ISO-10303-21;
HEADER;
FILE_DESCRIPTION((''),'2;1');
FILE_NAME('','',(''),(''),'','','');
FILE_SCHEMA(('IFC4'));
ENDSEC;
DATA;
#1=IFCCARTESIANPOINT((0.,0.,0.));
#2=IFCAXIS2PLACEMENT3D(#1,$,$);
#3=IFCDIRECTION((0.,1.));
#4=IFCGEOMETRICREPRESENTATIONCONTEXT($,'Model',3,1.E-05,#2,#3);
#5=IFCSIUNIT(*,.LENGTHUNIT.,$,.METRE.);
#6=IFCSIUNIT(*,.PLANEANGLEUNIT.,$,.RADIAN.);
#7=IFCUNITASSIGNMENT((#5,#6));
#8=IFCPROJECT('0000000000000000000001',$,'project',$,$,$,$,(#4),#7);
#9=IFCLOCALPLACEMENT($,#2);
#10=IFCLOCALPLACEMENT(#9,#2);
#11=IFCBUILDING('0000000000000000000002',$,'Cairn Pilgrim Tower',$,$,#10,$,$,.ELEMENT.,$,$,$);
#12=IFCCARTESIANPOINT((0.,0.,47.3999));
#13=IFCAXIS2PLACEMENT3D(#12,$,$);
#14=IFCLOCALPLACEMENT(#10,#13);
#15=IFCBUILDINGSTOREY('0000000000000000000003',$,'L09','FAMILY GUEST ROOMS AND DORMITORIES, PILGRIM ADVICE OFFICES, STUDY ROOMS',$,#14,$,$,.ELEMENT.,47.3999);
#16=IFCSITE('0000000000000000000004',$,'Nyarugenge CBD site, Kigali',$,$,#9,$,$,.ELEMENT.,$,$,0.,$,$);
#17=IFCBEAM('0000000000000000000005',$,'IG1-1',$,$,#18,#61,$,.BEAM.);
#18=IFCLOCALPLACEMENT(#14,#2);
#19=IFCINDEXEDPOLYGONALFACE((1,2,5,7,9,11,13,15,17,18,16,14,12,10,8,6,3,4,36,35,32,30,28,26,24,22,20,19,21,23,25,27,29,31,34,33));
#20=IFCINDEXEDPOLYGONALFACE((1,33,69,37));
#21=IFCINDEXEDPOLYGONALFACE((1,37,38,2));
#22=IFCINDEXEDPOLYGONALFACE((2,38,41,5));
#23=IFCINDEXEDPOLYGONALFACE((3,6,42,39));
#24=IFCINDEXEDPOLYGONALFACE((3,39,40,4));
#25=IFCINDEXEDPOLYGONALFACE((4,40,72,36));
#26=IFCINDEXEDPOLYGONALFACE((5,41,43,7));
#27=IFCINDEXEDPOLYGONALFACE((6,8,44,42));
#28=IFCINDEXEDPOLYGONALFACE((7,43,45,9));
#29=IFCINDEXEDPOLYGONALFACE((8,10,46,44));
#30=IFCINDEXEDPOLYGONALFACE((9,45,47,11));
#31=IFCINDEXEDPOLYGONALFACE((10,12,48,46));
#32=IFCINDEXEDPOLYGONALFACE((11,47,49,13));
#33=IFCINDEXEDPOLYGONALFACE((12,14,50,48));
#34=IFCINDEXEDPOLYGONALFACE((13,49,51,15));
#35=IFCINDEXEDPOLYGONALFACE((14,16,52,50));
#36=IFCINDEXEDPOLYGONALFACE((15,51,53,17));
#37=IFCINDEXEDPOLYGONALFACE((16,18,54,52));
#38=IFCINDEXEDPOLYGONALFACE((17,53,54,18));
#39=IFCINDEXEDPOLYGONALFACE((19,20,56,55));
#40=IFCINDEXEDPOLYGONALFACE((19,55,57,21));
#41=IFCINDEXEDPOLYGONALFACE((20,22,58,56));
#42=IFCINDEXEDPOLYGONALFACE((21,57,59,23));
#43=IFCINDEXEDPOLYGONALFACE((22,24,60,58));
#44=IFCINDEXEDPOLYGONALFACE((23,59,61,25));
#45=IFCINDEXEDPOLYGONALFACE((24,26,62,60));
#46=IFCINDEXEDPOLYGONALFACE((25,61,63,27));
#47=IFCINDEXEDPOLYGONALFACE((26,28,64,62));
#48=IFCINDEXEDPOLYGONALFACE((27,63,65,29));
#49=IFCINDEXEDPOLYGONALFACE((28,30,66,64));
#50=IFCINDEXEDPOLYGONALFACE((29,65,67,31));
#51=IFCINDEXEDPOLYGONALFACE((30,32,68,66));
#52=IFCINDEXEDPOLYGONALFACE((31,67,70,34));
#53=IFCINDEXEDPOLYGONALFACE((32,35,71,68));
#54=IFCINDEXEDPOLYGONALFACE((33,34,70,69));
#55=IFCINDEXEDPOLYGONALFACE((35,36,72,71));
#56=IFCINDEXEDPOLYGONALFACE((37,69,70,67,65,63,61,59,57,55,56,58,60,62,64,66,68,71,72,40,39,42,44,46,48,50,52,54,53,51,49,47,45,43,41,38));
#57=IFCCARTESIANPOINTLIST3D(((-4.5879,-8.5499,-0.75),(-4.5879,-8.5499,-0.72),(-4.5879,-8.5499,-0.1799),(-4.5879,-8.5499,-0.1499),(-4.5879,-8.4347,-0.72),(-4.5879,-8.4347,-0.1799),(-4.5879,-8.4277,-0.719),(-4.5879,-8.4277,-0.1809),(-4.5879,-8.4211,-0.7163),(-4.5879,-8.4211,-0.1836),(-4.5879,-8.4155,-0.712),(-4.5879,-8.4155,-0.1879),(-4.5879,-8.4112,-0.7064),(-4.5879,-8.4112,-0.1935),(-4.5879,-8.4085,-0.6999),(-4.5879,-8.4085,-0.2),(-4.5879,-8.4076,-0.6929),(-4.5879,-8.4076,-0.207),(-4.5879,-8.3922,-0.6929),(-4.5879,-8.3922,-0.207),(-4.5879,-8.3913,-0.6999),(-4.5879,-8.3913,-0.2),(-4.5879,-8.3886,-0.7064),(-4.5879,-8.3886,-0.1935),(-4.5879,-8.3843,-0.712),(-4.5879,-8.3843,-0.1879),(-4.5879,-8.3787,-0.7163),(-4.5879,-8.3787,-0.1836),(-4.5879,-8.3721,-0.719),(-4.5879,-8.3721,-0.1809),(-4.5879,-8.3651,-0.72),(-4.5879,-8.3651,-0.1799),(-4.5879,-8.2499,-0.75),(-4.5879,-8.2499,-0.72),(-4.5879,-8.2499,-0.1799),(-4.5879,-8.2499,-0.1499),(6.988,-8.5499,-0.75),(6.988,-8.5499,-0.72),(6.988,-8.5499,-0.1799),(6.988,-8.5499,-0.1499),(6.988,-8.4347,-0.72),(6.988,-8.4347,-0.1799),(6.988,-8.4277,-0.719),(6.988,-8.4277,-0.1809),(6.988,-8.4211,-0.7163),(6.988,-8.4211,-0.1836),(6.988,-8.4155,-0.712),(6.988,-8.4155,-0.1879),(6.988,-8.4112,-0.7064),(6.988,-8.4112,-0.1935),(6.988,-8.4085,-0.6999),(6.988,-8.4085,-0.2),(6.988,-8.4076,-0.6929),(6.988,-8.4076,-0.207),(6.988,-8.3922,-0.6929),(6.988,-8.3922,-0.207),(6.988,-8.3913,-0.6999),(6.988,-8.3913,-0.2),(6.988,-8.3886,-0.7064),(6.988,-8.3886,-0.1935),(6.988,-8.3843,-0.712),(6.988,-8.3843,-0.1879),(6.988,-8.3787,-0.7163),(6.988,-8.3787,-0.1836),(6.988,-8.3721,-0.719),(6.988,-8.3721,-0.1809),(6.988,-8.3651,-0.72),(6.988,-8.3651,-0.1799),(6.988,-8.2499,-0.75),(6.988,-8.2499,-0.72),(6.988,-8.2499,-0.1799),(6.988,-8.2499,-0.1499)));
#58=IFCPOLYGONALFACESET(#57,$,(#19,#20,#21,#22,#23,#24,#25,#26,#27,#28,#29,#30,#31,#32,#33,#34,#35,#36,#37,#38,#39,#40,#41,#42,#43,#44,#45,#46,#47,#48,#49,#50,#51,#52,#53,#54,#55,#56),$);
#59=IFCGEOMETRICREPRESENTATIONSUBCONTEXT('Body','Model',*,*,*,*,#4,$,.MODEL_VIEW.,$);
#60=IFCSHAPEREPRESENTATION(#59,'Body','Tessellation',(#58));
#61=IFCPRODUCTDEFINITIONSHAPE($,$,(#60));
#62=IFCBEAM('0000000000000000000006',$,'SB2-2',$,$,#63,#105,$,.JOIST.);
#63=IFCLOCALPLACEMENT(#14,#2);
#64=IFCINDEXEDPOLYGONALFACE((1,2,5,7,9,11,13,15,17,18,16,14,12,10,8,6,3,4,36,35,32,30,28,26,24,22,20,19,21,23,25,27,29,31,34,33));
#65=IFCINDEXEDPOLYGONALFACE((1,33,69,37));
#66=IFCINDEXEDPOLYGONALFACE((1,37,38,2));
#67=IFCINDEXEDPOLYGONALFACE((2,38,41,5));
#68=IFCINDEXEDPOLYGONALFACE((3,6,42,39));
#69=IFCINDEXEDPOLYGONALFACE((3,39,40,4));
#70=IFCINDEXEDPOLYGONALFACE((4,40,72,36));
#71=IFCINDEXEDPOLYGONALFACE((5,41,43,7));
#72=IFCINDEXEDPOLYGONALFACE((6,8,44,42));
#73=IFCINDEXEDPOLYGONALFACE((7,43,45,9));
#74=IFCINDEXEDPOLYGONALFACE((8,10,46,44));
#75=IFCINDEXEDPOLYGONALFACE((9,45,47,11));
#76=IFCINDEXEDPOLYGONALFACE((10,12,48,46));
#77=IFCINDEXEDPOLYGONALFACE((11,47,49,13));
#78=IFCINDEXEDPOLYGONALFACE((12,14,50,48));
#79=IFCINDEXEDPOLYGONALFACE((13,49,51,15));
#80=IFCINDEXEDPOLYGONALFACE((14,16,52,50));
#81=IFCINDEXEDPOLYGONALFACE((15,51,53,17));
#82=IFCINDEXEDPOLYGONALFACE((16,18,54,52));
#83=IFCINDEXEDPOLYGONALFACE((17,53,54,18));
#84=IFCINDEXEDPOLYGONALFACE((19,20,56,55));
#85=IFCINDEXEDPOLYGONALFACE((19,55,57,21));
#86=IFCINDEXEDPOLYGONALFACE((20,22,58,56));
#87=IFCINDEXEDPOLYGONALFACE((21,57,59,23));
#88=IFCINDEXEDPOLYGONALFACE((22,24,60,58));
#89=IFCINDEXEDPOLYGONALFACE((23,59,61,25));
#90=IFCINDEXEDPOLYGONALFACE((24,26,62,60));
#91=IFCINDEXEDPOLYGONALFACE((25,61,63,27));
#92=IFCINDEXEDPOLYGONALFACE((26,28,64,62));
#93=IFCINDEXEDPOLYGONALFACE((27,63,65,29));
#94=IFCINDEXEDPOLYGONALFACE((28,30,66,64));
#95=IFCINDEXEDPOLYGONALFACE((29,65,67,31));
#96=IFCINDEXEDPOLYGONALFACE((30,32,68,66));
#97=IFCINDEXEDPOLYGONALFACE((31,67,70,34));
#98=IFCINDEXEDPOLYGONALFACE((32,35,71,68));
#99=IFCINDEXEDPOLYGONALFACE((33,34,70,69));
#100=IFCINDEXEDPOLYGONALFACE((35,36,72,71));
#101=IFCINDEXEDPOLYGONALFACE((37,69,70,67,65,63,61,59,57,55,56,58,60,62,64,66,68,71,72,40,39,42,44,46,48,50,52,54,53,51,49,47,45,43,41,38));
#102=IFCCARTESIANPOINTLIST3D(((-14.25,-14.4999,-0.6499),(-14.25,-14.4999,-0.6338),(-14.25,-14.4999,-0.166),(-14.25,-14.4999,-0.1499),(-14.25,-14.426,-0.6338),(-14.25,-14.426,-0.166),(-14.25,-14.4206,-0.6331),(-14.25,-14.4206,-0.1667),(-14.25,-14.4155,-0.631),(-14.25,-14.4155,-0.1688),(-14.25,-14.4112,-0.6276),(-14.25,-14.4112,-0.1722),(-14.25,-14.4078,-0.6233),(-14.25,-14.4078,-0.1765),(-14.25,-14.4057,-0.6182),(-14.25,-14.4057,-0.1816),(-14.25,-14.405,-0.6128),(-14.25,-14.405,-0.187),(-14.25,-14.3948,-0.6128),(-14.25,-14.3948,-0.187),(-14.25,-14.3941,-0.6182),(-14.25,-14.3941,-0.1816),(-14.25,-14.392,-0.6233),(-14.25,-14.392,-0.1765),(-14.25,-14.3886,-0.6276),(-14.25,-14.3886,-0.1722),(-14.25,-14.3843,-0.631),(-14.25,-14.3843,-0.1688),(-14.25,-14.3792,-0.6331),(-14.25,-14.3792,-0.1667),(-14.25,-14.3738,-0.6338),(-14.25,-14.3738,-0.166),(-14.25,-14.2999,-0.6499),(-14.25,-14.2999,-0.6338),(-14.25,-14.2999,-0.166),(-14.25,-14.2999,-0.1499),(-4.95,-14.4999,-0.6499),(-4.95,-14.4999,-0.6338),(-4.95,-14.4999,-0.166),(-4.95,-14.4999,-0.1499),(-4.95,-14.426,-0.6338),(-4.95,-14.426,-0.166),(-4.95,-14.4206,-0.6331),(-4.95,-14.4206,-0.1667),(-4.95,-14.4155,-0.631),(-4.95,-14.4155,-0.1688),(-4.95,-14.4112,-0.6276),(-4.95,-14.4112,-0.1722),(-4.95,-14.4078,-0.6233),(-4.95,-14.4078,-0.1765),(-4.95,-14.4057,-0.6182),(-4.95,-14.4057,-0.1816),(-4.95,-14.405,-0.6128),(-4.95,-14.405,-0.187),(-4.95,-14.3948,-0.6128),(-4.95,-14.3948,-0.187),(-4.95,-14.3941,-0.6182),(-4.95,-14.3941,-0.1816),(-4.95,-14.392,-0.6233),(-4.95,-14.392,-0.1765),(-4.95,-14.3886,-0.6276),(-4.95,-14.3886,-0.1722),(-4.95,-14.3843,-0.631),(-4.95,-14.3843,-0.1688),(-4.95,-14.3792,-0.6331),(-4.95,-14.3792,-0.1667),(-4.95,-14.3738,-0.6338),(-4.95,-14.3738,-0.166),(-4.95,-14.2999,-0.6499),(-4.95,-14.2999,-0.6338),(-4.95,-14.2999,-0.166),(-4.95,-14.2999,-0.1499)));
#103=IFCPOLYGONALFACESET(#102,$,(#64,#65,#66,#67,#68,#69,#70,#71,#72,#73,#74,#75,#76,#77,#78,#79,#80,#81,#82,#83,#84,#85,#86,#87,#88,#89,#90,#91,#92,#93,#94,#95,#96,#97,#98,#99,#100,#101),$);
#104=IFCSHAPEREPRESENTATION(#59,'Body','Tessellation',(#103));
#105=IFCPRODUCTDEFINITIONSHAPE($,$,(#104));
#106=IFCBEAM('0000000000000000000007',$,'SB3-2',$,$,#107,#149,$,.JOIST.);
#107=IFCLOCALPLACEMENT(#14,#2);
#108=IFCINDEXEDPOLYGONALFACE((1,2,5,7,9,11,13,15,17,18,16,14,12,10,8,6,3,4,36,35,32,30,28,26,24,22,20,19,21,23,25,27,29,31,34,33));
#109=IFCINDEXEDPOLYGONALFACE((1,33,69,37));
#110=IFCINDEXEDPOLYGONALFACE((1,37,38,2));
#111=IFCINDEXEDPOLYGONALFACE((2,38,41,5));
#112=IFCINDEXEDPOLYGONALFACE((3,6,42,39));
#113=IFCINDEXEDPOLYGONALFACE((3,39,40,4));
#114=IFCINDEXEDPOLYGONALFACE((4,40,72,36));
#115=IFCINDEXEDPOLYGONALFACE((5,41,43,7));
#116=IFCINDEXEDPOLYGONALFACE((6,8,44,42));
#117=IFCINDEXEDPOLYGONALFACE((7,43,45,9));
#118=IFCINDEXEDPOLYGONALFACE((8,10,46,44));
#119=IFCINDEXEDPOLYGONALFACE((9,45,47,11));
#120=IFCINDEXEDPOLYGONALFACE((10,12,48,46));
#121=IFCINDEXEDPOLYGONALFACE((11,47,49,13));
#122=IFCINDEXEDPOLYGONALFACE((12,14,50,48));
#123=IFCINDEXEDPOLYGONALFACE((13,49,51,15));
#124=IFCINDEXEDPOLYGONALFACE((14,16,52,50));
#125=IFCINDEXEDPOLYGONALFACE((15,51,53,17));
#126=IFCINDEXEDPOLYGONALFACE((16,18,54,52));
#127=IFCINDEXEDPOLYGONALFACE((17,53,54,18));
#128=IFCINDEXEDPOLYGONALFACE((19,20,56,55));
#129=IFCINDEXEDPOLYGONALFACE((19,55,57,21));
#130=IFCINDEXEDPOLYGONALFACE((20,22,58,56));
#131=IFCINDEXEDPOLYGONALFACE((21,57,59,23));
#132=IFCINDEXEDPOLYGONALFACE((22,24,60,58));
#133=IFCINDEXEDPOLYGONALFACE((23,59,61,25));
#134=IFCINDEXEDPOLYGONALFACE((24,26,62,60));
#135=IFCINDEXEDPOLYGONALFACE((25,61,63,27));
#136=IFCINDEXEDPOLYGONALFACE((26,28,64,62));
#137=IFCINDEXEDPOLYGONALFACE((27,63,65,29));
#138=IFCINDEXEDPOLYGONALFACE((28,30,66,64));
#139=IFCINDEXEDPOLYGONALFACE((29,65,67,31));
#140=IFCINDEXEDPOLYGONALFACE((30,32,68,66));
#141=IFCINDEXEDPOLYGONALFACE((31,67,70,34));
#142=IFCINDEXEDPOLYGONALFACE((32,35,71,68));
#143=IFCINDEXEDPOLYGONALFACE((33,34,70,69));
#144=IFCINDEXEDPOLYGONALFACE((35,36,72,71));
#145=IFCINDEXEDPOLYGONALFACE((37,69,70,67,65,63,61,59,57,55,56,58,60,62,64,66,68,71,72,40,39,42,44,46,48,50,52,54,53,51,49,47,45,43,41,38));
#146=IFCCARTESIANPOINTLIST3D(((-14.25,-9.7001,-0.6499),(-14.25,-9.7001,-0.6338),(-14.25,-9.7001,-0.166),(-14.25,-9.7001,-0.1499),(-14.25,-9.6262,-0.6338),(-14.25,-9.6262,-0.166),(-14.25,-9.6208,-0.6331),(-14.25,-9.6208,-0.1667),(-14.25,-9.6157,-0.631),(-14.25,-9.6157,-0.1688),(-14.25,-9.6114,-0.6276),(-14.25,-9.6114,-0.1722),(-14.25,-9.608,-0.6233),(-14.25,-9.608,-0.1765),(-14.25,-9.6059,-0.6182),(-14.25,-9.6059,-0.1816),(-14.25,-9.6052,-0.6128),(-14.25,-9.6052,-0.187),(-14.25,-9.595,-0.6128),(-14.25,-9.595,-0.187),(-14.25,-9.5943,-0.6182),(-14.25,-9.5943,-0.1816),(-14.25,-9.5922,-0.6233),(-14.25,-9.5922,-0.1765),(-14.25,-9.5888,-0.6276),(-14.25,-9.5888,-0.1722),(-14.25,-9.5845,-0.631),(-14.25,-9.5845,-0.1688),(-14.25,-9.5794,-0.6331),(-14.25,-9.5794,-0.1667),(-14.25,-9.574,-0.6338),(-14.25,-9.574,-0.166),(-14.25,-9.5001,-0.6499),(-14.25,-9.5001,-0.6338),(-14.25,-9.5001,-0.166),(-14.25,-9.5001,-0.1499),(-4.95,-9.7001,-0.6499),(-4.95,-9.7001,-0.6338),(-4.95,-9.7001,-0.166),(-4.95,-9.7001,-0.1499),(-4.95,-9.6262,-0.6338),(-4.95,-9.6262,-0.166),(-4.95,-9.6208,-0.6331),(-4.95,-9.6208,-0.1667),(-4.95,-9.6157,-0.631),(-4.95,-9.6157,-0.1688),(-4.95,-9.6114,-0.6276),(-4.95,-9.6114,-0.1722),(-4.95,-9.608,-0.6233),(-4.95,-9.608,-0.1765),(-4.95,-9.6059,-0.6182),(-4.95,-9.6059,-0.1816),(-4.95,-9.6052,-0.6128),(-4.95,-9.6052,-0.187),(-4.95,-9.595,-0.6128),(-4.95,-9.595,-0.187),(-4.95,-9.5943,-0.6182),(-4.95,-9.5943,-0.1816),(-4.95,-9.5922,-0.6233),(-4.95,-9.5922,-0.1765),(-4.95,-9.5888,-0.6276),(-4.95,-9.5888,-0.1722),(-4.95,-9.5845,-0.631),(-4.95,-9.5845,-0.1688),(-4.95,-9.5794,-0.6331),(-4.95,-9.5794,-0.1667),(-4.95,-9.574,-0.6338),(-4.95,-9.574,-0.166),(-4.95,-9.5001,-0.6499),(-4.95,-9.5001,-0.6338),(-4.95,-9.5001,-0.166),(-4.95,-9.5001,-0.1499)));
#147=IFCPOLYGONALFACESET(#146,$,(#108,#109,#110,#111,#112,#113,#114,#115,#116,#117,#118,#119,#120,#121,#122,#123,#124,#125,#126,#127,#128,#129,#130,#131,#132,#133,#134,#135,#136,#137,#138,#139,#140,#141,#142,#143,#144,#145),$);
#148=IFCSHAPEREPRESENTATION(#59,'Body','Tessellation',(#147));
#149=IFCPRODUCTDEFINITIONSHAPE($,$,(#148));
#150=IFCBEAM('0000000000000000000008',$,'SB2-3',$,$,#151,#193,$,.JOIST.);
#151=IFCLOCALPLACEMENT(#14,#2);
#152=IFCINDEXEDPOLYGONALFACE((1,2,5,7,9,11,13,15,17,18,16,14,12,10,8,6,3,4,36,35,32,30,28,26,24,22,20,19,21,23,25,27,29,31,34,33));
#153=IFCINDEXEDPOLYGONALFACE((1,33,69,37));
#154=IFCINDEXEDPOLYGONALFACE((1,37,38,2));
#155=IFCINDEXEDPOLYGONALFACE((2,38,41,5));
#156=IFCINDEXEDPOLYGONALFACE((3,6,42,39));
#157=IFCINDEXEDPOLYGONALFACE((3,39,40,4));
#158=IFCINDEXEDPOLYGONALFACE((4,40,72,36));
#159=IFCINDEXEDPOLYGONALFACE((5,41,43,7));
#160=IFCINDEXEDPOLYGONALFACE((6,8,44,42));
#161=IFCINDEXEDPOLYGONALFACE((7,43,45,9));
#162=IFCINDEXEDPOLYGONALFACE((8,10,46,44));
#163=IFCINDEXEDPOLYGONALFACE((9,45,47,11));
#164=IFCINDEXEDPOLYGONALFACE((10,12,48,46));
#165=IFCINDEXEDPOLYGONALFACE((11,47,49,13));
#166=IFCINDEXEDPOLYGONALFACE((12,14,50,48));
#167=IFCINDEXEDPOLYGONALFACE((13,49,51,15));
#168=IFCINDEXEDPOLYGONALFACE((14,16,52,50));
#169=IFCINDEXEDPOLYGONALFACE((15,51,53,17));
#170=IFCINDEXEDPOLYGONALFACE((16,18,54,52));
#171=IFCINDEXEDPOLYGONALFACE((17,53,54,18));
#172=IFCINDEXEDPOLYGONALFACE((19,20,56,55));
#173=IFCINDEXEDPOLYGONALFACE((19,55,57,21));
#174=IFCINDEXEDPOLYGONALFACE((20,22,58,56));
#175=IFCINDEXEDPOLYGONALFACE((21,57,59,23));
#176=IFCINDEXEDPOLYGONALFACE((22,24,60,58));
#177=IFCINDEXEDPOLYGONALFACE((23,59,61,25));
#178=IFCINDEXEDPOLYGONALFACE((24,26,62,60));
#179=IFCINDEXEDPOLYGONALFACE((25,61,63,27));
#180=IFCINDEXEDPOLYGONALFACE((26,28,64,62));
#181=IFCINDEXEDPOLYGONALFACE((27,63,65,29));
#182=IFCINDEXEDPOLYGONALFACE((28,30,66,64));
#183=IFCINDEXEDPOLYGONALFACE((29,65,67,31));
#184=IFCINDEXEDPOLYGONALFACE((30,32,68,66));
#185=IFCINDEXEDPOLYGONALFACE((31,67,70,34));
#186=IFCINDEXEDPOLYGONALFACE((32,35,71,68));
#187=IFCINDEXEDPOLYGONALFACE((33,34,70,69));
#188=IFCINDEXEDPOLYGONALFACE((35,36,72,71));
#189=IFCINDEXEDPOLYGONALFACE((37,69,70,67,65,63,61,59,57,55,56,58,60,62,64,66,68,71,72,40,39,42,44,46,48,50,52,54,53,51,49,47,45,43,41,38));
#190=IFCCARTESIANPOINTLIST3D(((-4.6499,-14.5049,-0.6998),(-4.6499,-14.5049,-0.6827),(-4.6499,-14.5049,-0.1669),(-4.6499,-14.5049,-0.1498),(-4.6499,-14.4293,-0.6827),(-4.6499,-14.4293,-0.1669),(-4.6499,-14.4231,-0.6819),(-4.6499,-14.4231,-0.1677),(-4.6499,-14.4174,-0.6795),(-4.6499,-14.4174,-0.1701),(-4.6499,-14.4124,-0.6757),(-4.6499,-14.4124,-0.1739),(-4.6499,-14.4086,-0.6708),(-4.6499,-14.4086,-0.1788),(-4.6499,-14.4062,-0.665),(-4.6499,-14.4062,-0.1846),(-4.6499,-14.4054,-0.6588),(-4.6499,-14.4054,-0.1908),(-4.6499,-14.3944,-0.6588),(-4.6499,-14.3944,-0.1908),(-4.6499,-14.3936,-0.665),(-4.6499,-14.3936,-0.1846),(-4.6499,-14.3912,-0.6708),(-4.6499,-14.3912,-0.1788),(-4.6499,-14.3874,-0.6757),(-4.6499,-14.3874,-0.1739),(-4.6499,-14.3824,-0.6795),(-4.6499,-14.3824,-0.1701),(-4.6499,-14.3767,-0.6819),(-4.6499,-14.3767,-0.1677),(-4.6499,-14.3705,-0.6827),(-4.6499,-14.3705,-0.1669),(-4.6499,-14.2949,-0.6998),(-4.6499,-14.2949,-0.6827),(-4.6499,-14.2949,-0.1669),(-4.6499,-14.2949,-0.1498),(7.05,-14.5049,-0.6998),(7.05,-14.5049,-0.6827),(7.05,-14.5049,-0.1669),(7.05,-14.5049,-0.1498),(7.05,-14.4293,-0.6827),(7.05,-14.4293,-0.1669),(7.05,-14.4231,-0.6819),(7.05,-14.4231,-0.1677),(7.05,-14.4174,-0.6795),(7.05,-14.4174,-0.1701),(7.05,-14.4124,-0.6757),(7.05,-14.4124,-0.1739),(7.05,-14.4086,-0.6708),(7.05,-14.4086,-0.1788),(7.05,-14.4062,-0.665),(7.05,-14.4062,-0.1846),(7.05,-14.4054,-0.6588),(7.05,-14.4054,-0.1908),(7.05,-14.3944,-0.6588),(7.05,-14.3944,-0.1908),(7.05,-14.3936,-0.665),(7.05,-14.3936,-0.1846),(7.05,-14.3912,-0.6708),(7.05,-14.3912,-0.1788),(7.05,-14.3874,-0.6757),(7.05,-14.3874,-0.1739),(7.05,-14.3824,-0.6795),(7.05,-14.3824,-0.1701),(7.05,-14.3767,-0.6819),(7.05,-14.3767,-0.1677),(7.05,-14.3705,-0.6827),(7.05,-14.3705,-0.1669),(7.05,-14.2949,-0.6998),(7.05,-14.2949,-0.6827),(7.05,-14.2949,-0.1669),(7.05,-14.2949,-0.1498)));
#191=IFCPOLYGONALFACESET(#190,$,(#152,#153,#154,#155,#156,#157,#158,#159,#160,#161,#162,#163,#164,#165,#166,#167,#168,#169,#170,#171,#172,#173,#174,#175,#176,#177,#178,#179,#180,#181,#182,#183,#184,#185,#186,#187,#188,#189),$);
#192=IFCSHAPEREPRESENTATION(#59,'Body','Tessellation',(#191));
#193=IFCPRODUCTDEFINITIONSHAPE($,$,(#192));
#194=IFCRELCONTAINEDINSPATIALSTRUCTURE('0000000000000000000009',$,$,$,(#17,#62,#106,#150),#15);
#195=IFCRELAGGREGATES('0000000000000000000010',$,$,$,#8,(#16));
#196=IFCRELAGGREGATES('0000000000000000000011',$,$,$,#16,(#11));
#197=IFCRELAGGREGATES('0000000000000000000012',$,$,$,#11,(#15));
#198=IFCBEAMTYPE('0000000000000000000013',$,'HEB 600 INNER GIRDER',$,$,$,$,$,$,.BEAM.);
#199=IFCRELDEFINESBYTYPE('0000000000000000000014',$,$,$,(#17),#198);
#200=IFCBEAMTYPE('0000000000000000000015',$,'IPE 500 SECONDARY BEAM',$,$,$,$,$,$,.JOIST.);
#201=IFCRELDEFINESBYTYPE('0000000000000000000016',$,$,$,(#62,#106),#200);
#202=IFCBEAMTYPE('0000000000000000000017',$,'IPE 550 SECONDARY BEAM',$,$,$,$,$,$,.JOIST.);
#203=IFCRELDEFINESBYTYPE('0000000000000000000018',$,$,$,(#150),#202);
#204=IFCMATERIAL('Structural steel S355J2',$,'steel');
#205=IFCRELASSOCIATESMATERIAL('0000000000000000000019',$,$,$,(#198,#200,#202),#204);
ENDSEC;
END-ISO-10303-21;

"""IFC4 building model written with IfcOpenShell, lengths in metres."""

from ifc_helpers import new_model, si_unit, direction, frame, origin, origin_2d, place, context, subcontext, project, spatial, i_section, extrude, material, material_profile, profile_set, type_object, element, save


model = new_model("IFC4")

# Units and contexts
model_context = context("Model", 3, precision=1e-05, world=origin(), true_north=direction((0.0, 1.0)))
body_context = subcontext(model_context, "Body", "Model", "MODEL_VIEW")
ifc_project = project(units=[si_unit("LENGTHUNIT", "METRE"), si_unit("PLANEANGLEUNIT", "RADIAN")], contexts=[model_context])

# Site, building, storey
site_placement = place(None, origin())
site = spatial("IfcSite", under=ifc_project, at=site_placement, Name="Nyarugenge CBD site, Kigali", CompositionType="ELEMENT", RefElevation=0.0)
building_placement = place(site_placement, origin())
building = spatial("IfcBuilding", under=site, at=building_placement, Name="Cairn Pilgrim Tower", CompositionType="ELEMENT")
storey_placement = place(building_placement, frame((0.0, 0.0, 47.3999)))
storey = spatial("IfcBuildingStorey", under=building, at=storey_placement, Name="L09", Description="FAMILY GUEST ROOMS AND DORMITORIES, PILGRIM ADVICE OFFICES, STUDY ROOMS", CompositionType="ELEMENT", Elevation=47.3999)

# Beams
ifc_material_1 = material(Name="Structural steel S355J2", Category="steel")
ifc_material_profile_1 = material_profile(ifc_material_1, i_section(OverallWidth=0.3, OverallDepth=0.6001, WebThickness=0.0154, FlangeThickness=0.03, FilletRadius=0.0271, at=origin_2d()), Name="HEB 600")
ifc_profile_set_1 = profile_set([ifc_material_profile_1], Name="Structural steel S355J2")
beam_type_1 = type_object("IfcBeamType", Name="HEB 600 INNER GIRDER", PredefinedType="BEAM", material=ifc_profile_set_1)
beam_1_placement = place(storey_placement, frame((-4.5879, -8.3999, -0.45), z_axis=(1.0, 0.0, 0.0), x_axis=(0.0, 1.0, 0.0)))
element("IfcBeam", 1, at=beam_1_placement, inside=storey, type_object=beam_type_1, Name="IG1-1", PredefinedType="BEAM", context=body_context, shape_type="SweptSolid", body=[
    extrude(i_section(OverallWidth=0.3, OverallDepth=0.6001, WebThickness=0.0154, FlangeThickness=0.03, FilletRadius=0.0271, at=origin_2d()), origin(), (0.0, 0.0, 1.0), 11.5759),
])
ifc_material_profile_2 = material_profile(ifc_material_1, i_section(OverallWidth=0.2, OverallDepth=0.5, WebThickness=0.0103, FlangeThickness=0.0161, FilletRadius=0.021, at=origin_2d()), Name="IPE 500")
ifc_profile_set_2 = profile_set([ifc_material_profile_2], Name="Structural steel S355J2")
beam_type_2 = type_object("IfcBeamType", Name="IPE 500 SECONDARY BEAM", PredefinedType="JOIST", material=ifc_profile_set_2)
for number, where, z_axis, x_axis, name in (
    (2, (-14.25, -14.3999, -0.3999), (1.0, 0.0, 0.0), (0.0, 1.0, 0.0), "SB2-2"),
    (3, (-14.25, -9.6001, -0.3999), (1.0, 0.0, 0.0), (0.0, 1.0, 0.0), "SB3-2"),
):
    element("IfcBeam", number, at=place(storey_placement, frame(where, z_axis=z_axis, x_axis=x_axis)), inside=storey, type_object=beam_type_2, Name=name, PredefinedType="JOIST", context=body_context, shape_type="SweptSolid", body=[
        extrude(i_section(OverallWidth=0.2, OverallDepth=0.5, WebThickness=0.0103, FlangeThickness=0.0161, FilletRadius=0.021, at=origin_2d()), origin(), (0.0, 0.0, 1.0), 9.3),
    ])
ifc_material_profile_3 = material_profile(ifc_material_1, i_section(OverallWidth=0.21, OverallDepth=0.55, WebThickness=0.011, FlangeThickness=0.0171, FilletRadius=0.0239, at=origin_2d()), Name="IPE 550")
ifc_profile_set_3 = profile_set([ifc_material_profile_3], Name="Structural steel S355J2")
beam_type_3 = type_object("IfcBeamType", Name="IPE 550 SECONDARY BEAM", PredefinedType="JOIST", material=ifc_profile_set_3)
beam_2_placement = place(storey_placement, frame((-4.6499, -14.3999, -0.4248), z_axis=(1.0, 0.0, 0.0), x_axis=(0.0, 1.0, 0.0)))
element("IfcBeam", 4, at=beam_2_placement, inside=storey, type_object=beam_type_3, Name="SB2-3", PredefinedType="JOIST", context=body_context, shape_type="SweptSolid", body=[
    extrude(i_section(OverallWidth=0.21, OverallDepth=0.55, WebThickness=0.011, FlangeThickness=0.0171, FilletRadius=0.0239, at=origin_2d()), origin(), (0.0, 0.0, 1.0), 11.7),
])

save(model, "model.ifc")
